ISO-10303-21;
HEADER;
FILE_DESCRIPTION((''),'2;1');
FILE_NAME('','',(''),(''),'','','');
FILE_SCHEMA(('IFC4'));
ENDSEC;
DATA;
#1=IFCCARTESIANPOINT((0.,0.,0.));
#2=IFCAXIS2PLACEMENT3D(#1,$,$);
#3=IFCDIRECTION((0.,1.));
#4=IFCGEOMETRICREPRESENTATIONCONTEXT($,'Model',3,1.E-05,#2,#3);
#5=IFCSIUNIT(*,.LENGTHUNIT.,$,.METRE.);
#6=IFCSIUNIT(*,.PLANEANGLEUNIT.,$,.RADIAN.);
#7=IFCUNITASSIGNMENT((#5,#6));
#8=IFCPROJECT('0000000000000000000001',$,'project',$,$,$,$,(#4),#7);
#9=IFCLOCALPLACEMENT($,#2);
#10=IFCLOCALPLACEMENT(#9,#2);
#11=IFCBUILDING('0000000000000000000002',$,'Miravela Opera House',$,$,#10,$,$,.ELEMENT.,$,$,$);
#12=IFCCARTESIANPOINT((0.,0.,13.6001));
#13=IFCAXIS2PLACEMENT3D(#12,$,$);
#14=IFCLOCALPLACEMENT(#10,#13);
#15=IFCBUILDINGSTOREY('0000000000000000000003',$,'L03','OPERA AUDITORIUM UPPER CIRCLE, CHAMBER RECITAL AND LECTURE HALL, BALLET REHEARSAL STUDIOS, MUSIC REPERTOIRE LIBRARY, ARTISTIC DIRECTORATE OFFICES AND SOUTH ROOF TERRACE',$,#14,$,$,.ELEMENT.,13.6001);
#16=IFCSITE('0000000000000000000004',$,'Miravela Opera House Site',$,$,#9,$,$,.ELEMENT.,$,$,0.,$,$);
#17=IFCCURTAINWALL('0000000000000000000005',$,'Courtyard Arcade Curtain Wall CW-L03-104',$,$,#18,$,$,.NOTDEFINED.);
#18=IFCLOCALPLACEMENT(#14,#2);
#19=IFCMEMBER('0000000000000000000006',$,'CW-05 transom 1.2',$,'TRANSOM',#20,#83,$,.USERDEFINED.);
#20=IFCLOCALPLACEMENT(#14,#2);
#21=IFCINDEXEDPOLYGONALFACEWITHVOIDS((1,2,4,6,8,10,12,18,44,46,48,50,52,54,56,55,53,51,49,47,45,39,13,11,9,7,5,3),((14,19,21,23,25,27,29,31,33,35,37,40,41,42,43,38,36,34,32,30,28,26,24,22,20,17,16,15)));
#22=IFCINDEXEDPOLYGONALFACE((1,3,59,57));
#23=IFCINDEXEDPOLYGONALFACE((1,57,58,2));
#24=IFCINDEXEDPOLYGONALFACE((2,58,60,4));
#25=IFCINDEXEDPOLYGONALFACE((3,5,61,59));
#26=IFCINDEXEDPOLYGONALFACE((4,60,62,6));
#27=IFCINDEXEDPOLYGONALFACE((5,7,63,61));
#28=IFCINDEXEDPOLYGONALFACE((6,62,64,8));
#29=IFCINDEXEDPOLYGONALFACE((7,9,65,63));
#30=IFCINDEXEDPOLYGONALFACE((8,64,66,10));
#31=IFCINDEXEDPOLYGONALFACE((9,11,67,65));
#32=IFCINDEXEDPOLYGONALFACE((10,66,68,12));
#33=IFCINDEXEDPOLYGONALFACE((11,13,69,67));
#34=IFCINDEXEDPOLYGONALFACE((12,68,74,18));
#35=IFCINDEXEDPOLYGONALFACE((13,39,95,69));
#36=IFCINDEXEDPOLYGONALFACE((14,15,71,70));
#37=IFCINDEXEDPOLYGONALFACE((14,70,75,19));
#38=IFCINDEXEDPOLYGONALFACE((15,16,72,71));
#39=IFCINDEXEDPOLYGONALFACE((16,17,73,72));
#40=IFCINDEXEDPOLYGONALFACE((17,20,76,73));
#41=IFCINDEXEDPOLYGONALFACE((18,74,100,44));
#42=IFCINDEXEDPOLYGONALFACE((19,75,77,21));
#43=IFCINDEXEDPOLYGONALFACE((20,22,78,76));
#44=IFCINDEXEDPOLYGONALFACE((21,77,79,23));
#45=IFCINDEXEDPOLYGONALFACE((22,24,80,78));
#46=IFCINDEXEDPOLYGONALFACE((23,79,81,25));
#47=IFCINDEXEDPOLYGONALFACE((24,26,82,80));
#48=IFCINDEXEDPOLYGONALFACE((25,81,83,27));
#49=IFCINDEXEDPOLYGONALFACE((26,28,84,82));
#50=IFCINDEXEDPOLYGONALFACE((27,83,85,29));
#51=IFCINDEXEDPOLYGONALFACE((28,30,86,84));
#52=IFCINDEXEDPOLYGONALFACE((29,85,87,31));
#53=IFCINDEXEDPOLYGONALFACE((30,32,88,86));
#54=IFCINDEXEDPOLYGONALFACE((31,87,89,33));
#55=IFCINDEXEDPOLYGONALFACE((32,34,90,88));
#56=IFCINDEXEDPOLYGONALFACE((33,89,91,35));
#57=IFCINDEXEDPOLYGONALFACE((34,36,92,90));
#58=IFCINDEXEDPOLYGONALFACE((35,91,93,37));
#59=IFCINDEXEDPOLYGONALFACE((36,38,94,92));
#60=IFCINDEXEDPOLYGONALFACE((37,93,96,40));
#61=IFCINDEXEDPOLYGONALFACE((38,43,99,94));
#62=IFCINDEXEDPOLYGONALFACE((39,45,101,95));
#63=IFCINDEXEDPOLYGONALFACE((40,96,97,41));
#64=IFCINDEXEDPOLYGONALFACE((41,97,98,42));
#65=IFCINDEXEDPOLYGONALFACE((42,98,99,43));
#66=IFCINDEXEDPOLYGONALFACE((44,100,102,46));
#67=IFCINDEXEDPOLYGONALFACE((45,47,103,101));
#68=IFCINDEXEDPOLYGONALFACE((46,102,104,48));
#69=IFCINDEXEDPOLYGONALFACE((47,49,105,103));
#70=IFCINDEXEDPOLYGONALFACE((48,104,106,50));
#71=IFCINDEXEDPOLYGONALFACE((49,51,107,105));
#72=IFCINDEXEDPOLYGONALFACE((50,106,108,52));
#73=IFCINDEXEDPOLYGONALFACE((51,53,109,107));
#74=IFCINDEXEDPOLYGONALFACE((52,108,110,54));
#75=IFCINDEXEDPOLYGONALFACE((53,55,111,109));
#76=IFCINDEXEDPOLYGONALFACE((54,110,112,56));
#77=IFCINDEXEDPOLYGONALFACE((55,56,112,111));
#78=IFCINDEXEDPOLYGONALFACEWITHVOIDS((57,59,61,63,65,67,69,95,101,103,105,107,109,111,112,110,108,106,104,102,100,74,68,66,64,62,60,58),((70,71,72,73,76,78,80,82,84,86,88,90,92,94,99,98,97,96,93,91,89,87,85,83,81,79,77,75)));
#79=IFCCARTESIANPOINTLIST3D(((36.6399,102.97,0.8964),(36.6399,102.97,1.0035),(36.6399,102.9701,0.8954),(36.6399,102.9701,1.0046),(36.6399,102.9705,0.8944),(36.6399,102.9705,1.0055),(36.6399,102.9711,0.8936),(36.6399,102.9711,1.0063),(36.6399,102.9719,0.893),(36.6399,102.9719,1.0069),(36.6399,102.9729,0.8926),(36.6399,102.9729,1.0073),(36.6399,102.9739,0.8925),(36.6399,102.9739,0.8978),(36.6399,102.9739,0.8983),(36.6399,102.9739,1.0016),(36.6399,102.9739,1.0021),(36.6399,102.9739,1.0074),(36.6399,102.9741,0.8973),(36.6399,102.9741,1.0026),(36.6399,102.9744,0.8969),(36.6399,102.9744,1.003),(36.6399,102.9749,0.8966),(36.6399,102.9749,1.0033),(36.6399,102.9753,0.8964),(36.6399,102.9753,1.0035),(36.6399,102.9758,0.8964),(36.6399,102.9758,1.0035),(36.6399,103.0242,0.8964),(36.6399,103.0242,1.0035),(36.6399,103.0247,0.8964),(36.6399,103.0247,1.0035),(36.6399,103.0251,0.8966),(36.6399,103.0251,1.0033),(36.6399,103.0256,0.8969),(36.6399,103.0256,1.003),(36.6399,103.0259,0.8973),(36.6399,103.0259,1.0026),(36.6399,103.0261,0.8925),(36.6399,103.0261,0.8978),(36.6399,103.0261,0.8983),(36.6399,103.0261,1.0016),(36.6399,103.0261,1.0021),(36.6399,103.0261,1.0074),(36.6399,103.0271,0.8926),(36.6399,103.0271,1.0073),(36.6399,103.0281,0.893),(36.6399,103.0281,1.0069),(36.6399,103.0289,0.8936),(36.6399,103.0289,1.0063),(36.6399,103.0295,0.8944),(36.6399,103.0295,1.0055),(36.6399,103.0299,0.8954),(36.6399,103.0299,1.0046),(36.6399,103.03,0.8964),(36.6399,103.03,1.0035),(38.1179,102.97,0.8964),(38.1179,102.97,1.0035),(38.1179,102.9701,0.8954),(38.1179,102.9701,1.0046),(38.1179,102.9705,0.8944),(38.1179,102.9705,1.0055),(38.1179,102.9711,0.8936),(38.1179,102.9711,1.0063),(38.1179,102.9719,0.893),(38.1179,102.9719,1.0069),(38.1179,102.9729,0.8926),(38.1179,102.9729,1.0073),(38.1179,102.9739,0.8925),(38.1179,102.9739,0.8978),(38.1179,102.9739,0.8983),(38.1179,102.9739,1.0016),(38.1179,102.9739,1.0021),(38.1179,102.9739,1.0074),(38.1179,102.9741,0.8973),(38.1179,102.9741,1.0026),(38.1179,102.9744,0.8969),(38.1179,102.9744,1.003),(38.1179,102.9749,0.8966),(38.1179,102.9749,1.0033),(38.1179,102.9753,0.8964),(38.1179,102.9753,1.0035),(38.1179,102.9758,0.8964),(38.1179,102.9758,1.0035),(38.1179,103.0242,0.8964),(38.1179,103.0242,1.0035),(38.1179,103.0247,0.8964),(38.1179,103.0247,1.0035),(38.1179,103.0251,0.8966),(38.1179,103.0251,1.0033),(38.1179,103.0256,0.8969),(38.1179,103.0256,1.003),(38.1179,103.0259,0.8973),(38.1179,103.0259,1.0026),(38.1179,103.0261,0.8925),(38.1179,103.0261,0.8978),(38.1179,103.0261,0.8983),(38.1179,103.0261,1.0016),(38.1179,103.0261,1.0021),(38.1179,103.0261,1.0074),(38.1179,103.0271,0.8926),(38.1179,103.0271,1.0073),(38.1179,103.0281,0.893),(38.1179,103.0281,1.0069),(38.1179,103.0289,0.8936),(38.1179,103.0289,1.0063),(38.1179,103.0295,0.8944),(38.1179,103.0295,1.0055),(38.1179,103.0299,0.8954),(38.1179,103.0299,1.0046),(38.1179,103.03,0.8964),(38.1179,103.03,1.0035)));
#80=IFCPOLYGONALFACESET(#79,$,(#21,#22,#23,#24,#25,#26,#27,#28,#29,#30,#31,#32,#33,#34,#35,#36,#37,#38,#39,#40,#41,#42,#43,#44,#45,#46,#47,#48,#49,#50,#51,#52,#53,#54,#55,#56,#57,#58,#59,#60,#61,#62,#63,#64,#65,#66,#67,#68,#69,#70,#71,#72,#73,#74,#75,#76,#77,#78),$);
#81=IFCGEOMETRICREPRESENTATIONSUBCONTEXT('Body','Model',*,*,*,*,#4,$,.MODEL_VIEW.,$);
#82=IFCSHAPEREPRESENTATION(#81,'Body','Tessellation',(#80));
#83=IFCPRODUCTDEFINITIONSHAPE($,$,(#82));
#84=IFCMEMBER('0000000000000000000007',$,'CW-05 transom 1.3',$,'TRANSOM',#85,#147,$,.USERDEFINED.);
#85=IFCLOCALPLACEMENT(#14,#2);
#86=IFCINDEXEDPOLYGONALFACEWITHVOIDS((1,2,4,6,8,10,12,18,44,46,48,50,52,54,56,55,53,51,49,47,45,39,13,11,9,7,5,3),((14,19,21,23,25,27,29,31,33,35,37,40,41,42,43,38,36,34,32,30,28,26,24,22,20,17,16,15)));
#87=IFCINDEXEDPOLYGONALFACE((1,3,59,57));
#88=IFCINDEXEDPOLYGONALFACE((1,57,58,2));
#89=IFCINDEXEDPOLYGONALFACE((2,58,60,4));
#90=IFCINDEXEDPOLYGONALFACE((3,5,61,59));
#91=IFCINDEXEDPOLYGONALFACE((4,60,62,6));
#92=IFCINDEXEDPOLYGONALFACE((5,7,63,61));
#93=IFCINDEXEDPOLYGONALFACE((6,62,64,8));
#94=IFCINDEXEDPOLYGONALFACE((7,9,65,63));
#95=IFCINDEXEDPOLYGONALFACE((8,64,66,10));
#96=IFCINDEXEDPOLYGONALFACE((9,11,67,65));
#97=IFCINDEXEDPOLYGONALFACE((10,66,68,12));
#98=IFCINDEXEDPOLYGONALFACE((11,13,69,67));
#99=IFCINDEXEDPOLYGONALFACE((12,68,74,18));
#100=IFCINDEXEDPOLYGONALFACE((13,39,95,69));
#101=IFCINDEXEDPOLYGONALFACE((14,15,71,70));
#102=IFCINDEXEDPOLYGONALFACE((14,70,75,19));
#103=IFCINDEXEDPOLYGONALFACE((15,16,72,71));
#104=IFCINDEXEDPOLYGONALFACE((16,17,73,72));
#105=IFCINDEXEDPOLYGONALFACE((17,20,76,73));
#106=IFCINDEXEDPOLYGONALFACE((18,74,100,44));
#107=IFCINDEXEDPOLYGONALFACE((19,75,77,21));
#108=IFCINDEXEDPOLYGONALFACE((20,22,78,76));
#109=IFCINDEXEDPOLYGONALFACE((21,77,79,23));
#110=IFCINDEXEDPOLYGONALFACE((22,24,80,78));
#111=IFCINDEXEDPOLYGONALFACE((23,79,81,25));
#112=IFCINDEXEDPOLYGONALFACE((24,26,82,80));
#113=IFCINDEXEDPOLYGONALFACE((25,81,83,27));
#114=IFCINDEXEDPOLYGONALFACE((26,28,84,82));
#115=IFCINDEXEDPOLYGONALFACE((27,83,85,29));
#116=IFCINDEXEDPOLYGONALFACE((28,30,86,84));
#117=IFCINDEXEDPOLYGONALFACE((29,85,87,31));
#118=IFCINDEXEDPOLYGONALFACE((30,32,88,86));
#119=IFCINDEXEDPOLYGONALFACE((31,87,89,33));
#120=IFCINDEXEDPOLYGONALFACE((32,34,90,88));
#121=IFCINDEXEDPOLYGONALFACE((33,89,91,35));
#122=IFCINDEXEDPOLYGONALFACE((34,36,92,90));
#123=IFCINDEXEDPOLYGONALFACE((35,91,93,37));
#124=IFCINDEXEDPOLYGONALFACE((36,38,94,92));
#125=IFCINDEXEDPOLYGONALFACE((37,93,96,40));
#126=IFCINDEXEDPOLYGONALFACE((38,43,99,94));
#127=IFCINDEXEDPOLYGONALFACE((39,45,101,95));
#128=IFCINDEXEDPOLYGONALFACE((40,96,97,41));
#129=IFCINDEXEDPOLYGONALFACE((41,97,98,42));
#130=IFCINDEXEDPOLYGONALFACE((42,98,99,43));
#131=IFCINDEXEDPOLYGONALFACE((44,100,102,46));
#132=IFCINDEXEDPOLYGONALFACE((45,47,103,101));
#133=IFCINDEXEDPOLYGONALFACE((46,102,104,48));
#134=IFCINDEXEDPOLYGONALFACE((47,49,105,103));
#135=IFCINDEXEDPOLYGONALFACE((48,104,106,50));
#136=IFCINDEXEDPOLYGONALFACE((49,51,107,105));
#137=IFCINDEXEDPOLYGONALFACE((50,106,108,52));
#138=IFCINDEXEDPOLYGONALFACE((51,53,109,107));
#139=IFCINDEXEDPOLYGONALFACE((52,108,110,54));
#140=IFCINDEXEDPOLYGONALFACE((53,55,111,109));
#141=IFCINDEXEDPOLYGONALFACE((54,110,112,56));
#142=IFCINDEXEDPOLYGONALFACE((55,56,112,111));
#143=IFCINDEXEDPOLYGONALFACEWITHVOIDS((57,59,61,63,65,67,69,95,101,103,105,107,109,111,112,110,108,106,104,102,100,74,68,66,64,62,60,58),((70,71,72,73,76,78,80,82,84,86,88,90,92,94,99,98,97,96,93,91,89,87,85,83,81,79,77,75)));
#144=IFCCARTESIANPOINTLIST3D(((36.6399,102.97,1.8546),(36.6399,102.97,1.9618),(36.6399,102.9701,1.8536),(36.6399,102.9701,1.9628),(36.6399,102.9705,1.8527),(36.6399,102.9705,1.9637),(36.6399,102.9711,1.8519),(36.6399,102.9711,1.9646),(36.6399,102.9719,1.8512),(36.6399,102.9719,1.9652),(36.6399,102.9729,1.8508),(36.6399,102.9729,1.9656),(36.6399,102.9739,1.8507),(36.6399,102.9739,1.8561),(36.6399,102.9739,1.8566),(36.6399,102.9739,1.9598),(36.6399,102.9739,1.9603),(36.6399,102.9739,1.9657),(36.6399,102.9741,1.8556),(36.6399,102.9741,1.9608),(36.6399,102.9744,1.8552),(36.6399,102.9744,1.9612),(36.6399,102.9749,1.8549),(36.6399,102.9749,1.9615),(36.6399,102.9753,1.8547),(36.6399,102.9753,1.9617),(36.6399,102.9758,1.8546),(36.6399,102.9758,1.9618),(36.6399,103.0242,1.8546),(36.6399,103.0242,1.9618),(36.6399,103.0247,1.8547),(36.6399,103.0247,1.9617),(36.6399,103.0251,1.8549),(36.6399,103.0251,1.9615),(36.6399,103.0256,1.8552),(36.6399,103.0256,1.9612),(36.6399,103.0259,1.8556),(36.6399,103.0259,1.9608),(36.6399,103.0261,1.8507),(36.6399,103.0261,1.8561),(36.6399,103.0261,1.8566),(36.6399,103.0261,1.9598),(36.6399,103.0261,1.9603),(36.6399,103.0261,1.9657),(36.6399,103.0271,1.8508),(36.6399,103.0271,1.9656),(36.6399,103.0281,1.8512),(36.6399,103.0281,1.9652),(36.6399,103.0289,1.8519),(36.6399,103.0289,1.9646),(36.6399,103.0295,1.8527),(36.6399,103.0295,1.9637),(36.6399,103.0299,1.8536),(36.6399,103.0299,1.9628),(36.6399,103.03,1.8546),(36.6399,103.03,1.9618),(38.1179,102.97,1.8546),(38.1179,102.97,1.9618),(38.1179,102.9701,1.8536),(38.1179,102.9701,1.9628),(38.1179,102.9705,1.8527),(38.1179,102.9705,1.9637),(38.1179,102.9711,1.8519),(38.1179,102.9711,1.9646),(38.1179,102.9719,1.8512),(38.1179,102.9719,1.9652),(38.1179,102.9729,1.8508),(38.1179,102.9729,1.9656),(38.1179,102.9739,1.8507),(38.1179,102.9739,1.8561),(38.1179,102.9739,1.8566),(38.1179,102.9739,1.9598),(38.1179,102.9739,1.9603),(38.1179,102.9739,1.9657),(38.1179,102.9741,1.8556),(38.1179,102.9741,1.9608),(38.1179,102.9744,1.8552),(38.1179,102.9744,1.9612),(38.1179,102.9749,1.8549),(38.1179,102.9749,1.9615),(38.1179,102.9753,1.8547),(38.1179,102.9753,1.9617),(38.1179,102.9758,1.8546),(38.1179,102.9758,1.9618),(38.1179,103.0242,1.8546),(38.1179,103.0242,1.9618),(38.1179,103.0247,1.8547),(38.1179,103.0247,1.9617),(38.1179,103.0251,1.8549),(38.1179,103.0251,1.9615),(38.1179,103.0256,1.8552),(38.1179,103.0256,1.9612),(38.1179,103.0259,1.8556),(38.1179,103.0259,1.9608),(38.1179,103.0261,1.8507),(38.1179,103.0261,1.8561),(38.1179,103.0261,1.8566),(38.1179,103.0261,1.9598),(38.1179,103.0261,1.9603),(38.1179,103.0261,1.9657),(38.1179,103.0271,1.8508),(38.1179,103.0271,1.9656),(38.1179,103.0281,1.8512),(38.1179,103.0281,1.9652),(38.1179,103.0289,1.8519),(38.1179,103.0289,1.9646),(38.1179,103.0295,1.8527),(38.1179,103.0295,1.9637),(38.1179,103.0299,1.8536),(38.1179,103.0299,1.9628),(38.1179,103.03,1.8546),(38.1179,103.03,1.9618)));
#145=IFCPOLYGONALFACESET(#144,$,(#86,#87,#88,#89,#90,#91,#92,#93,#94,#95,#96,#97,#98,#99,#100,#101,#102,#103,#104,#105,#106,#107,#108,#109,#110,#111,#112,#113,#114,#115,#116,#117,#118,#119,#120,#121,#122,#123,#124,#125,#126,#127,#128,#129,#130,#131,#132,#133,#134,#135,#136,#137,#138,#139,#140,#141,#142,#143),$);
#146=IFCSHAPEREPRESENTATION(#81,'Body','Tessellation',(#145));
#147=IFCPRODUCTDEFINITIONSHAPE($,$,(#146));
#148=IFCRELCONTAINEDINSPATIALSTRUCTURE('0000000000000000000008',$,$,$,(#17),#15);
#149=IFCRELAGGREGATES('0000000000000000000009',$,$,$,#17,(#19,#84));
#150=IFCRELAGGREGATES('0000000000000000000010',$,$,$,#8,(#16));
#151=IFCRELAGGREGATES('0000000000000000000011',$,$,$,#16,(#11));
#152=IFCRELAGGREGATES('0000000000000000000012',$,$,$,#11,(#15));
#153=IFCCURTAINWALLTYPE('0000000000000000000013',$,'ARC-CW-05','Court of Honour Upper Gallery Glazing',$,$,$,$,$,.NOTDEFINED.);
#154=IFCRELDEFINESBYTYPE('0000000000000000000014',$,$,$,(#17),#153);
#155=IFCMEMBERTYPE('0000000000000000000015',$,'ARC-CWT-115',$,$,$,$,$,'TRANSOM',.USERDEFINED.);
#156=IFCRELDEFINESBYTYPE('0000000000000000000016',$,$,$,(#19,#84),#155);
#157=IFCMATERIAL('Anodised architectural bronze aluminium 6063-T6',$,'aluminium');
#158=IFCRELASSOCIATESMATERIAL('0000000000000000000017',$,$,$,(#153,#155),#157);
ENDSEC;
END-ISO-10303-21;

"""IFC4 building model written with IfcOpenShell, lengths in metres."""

from ifc_helpers import new_model, si_unit, direction, frame, origin, origin_2d, place, context, subcontext, project, spatial, hollow_rectangle, extrude, material, material_profile, profile_set, type_object, element, aggregate, save


model = new_model("IFC4")

# Units and contexts
model_context = context("Model", 3, precision=1e-05, world=origin(), true_north=direction((0.0, 1.0)))
body_context = subcontext(model_context, "Body", "Model", "MODEL_VIEW")
ifc_project = project(units=[si_unit("LENGTHUNIT", "METRE"), si_unit("PLANEANGLEUNIT", "RADIAN")], contexts=[model_context])

# Site, building, storey
site_placement = place(None, origin())
site = spatial("IfcSite", under=ifc_project, at=site_placement, Name="Miravela Opera House Site", CompositionType="ELEMENT", RefElevation=0.0)
building_placement = place(site_placement, origin())
building = spatial("IfcBuilding", under=site, at=building_placement, Name="Miravela Opera House", CompositionType="ELEMENT")
storey_placement = place(building_placement, frame((0.0, 0.0, 13.6001)))
storey = spatial("IfcBuildingStorey", under=building, at=storey_placement, Name="L03", Description="OPERA AUDITORIUM UPPER CIRCLE, CHAMBER RECITAL AND LECTURE HALL, BALLET REHEARSAL STUDIOS, MUSIC REPERTOIRE LIBRARY, ARTISTIC DIRECTORATE OFFICES AND SOUTH ROOF TERRACE", CompositionType="ELEMENT", Elevation=13.6001)

# Curtain wall, members
ifc_material_1 = material(Name="Anodised architectural bronze aluminium 6063-T6", Category="aluminium")
curtain_wall_type = type_object("IfcCurtainWallType", Name="ARC-CW-05", Description="Court of Honour Upper Gallery Glazing", PredefinedType="NOTDEFINED", material=ifc_material_1)
curtain_wall_placement = place(storey_placement, origin())
curtain_wall = element("IfcCurtainWall", 1, at=curtain_wall_placement, inside=storey, type_object=curtain_wall_type, Name="Courtyard Arcade Curtain Wall CW-L03-104", PredefinedType="NOTDEFINED")
ifc_material_profile_1 = material_profile(ifc_material_1, hollow_rectangle(XDim=0.0601, YDim=0.115, WallThickness=0.0039, InnerFilletRadius=0.002, OuterFilletRadius=0.0039, at=origin_2d()), Name="CWT-60X115")
ifc_profile_set_1 = profile_set([ifc_material_profile_1])
member_type_1 = type_object("IfcMemberType", Name="ARC-CWT-115", ElementType="TRANSOM", PredefinedType="USERDEFINED", material=ifc_profile_set_1)
member_1_placement = place(storey_placement, frame((36.6399, 103.0, 0.95), z_axis=(1.0, 0.0, 0.0), x_axis=(0.0, 1.0, 0.0)))
member_1 = element("IfcMember", 2, at=member_1_placement, type_object=member_type_1, Name="CW-05 transom 1.2", ObjectType="TRANSOM", PredefinedType="USERDEFINED", context=body_context, shape_type="SweptSolid", body=[
    extrude(hollow_rectangle(XDim=0.0601, YDim=0.115, WallThickness=0.0039, InnerFilletRadius=0.002, OuterFilletRadius=0.0039, at=origin_2d()), origin(), (0.0, 0.0, 1.0), 1.478),
])
member_2_placement = place(storey_placement, frame((36.6399, 103.0, 1.9082), z_axis=(1.0, 0.0, 0.0), x_axis=(0.0, 1.0, 0.0)))
member_2 = element("IfcMember", 3, at=member_2_placement, type_object=member_type_1, Name="CW-05 transom 1.3", ObjectType="TRANSOM", PredefinedType="USERDEFINED", context=body_context, shape_type="SweptSolid", body=[
    extrude(hollow_rectangle(XDim=0.0601, YDim=0.115, WallThickness=0.0039, InnerFilletRadius=0.002, OuterFilletRadius=0.0039, at=origin_2d()), origin(), (0.0, 0.0, 1.0), 1.478),
])
aggregate(curtain_wall, [member_1, member_2])

save(model, "model.ifc")
